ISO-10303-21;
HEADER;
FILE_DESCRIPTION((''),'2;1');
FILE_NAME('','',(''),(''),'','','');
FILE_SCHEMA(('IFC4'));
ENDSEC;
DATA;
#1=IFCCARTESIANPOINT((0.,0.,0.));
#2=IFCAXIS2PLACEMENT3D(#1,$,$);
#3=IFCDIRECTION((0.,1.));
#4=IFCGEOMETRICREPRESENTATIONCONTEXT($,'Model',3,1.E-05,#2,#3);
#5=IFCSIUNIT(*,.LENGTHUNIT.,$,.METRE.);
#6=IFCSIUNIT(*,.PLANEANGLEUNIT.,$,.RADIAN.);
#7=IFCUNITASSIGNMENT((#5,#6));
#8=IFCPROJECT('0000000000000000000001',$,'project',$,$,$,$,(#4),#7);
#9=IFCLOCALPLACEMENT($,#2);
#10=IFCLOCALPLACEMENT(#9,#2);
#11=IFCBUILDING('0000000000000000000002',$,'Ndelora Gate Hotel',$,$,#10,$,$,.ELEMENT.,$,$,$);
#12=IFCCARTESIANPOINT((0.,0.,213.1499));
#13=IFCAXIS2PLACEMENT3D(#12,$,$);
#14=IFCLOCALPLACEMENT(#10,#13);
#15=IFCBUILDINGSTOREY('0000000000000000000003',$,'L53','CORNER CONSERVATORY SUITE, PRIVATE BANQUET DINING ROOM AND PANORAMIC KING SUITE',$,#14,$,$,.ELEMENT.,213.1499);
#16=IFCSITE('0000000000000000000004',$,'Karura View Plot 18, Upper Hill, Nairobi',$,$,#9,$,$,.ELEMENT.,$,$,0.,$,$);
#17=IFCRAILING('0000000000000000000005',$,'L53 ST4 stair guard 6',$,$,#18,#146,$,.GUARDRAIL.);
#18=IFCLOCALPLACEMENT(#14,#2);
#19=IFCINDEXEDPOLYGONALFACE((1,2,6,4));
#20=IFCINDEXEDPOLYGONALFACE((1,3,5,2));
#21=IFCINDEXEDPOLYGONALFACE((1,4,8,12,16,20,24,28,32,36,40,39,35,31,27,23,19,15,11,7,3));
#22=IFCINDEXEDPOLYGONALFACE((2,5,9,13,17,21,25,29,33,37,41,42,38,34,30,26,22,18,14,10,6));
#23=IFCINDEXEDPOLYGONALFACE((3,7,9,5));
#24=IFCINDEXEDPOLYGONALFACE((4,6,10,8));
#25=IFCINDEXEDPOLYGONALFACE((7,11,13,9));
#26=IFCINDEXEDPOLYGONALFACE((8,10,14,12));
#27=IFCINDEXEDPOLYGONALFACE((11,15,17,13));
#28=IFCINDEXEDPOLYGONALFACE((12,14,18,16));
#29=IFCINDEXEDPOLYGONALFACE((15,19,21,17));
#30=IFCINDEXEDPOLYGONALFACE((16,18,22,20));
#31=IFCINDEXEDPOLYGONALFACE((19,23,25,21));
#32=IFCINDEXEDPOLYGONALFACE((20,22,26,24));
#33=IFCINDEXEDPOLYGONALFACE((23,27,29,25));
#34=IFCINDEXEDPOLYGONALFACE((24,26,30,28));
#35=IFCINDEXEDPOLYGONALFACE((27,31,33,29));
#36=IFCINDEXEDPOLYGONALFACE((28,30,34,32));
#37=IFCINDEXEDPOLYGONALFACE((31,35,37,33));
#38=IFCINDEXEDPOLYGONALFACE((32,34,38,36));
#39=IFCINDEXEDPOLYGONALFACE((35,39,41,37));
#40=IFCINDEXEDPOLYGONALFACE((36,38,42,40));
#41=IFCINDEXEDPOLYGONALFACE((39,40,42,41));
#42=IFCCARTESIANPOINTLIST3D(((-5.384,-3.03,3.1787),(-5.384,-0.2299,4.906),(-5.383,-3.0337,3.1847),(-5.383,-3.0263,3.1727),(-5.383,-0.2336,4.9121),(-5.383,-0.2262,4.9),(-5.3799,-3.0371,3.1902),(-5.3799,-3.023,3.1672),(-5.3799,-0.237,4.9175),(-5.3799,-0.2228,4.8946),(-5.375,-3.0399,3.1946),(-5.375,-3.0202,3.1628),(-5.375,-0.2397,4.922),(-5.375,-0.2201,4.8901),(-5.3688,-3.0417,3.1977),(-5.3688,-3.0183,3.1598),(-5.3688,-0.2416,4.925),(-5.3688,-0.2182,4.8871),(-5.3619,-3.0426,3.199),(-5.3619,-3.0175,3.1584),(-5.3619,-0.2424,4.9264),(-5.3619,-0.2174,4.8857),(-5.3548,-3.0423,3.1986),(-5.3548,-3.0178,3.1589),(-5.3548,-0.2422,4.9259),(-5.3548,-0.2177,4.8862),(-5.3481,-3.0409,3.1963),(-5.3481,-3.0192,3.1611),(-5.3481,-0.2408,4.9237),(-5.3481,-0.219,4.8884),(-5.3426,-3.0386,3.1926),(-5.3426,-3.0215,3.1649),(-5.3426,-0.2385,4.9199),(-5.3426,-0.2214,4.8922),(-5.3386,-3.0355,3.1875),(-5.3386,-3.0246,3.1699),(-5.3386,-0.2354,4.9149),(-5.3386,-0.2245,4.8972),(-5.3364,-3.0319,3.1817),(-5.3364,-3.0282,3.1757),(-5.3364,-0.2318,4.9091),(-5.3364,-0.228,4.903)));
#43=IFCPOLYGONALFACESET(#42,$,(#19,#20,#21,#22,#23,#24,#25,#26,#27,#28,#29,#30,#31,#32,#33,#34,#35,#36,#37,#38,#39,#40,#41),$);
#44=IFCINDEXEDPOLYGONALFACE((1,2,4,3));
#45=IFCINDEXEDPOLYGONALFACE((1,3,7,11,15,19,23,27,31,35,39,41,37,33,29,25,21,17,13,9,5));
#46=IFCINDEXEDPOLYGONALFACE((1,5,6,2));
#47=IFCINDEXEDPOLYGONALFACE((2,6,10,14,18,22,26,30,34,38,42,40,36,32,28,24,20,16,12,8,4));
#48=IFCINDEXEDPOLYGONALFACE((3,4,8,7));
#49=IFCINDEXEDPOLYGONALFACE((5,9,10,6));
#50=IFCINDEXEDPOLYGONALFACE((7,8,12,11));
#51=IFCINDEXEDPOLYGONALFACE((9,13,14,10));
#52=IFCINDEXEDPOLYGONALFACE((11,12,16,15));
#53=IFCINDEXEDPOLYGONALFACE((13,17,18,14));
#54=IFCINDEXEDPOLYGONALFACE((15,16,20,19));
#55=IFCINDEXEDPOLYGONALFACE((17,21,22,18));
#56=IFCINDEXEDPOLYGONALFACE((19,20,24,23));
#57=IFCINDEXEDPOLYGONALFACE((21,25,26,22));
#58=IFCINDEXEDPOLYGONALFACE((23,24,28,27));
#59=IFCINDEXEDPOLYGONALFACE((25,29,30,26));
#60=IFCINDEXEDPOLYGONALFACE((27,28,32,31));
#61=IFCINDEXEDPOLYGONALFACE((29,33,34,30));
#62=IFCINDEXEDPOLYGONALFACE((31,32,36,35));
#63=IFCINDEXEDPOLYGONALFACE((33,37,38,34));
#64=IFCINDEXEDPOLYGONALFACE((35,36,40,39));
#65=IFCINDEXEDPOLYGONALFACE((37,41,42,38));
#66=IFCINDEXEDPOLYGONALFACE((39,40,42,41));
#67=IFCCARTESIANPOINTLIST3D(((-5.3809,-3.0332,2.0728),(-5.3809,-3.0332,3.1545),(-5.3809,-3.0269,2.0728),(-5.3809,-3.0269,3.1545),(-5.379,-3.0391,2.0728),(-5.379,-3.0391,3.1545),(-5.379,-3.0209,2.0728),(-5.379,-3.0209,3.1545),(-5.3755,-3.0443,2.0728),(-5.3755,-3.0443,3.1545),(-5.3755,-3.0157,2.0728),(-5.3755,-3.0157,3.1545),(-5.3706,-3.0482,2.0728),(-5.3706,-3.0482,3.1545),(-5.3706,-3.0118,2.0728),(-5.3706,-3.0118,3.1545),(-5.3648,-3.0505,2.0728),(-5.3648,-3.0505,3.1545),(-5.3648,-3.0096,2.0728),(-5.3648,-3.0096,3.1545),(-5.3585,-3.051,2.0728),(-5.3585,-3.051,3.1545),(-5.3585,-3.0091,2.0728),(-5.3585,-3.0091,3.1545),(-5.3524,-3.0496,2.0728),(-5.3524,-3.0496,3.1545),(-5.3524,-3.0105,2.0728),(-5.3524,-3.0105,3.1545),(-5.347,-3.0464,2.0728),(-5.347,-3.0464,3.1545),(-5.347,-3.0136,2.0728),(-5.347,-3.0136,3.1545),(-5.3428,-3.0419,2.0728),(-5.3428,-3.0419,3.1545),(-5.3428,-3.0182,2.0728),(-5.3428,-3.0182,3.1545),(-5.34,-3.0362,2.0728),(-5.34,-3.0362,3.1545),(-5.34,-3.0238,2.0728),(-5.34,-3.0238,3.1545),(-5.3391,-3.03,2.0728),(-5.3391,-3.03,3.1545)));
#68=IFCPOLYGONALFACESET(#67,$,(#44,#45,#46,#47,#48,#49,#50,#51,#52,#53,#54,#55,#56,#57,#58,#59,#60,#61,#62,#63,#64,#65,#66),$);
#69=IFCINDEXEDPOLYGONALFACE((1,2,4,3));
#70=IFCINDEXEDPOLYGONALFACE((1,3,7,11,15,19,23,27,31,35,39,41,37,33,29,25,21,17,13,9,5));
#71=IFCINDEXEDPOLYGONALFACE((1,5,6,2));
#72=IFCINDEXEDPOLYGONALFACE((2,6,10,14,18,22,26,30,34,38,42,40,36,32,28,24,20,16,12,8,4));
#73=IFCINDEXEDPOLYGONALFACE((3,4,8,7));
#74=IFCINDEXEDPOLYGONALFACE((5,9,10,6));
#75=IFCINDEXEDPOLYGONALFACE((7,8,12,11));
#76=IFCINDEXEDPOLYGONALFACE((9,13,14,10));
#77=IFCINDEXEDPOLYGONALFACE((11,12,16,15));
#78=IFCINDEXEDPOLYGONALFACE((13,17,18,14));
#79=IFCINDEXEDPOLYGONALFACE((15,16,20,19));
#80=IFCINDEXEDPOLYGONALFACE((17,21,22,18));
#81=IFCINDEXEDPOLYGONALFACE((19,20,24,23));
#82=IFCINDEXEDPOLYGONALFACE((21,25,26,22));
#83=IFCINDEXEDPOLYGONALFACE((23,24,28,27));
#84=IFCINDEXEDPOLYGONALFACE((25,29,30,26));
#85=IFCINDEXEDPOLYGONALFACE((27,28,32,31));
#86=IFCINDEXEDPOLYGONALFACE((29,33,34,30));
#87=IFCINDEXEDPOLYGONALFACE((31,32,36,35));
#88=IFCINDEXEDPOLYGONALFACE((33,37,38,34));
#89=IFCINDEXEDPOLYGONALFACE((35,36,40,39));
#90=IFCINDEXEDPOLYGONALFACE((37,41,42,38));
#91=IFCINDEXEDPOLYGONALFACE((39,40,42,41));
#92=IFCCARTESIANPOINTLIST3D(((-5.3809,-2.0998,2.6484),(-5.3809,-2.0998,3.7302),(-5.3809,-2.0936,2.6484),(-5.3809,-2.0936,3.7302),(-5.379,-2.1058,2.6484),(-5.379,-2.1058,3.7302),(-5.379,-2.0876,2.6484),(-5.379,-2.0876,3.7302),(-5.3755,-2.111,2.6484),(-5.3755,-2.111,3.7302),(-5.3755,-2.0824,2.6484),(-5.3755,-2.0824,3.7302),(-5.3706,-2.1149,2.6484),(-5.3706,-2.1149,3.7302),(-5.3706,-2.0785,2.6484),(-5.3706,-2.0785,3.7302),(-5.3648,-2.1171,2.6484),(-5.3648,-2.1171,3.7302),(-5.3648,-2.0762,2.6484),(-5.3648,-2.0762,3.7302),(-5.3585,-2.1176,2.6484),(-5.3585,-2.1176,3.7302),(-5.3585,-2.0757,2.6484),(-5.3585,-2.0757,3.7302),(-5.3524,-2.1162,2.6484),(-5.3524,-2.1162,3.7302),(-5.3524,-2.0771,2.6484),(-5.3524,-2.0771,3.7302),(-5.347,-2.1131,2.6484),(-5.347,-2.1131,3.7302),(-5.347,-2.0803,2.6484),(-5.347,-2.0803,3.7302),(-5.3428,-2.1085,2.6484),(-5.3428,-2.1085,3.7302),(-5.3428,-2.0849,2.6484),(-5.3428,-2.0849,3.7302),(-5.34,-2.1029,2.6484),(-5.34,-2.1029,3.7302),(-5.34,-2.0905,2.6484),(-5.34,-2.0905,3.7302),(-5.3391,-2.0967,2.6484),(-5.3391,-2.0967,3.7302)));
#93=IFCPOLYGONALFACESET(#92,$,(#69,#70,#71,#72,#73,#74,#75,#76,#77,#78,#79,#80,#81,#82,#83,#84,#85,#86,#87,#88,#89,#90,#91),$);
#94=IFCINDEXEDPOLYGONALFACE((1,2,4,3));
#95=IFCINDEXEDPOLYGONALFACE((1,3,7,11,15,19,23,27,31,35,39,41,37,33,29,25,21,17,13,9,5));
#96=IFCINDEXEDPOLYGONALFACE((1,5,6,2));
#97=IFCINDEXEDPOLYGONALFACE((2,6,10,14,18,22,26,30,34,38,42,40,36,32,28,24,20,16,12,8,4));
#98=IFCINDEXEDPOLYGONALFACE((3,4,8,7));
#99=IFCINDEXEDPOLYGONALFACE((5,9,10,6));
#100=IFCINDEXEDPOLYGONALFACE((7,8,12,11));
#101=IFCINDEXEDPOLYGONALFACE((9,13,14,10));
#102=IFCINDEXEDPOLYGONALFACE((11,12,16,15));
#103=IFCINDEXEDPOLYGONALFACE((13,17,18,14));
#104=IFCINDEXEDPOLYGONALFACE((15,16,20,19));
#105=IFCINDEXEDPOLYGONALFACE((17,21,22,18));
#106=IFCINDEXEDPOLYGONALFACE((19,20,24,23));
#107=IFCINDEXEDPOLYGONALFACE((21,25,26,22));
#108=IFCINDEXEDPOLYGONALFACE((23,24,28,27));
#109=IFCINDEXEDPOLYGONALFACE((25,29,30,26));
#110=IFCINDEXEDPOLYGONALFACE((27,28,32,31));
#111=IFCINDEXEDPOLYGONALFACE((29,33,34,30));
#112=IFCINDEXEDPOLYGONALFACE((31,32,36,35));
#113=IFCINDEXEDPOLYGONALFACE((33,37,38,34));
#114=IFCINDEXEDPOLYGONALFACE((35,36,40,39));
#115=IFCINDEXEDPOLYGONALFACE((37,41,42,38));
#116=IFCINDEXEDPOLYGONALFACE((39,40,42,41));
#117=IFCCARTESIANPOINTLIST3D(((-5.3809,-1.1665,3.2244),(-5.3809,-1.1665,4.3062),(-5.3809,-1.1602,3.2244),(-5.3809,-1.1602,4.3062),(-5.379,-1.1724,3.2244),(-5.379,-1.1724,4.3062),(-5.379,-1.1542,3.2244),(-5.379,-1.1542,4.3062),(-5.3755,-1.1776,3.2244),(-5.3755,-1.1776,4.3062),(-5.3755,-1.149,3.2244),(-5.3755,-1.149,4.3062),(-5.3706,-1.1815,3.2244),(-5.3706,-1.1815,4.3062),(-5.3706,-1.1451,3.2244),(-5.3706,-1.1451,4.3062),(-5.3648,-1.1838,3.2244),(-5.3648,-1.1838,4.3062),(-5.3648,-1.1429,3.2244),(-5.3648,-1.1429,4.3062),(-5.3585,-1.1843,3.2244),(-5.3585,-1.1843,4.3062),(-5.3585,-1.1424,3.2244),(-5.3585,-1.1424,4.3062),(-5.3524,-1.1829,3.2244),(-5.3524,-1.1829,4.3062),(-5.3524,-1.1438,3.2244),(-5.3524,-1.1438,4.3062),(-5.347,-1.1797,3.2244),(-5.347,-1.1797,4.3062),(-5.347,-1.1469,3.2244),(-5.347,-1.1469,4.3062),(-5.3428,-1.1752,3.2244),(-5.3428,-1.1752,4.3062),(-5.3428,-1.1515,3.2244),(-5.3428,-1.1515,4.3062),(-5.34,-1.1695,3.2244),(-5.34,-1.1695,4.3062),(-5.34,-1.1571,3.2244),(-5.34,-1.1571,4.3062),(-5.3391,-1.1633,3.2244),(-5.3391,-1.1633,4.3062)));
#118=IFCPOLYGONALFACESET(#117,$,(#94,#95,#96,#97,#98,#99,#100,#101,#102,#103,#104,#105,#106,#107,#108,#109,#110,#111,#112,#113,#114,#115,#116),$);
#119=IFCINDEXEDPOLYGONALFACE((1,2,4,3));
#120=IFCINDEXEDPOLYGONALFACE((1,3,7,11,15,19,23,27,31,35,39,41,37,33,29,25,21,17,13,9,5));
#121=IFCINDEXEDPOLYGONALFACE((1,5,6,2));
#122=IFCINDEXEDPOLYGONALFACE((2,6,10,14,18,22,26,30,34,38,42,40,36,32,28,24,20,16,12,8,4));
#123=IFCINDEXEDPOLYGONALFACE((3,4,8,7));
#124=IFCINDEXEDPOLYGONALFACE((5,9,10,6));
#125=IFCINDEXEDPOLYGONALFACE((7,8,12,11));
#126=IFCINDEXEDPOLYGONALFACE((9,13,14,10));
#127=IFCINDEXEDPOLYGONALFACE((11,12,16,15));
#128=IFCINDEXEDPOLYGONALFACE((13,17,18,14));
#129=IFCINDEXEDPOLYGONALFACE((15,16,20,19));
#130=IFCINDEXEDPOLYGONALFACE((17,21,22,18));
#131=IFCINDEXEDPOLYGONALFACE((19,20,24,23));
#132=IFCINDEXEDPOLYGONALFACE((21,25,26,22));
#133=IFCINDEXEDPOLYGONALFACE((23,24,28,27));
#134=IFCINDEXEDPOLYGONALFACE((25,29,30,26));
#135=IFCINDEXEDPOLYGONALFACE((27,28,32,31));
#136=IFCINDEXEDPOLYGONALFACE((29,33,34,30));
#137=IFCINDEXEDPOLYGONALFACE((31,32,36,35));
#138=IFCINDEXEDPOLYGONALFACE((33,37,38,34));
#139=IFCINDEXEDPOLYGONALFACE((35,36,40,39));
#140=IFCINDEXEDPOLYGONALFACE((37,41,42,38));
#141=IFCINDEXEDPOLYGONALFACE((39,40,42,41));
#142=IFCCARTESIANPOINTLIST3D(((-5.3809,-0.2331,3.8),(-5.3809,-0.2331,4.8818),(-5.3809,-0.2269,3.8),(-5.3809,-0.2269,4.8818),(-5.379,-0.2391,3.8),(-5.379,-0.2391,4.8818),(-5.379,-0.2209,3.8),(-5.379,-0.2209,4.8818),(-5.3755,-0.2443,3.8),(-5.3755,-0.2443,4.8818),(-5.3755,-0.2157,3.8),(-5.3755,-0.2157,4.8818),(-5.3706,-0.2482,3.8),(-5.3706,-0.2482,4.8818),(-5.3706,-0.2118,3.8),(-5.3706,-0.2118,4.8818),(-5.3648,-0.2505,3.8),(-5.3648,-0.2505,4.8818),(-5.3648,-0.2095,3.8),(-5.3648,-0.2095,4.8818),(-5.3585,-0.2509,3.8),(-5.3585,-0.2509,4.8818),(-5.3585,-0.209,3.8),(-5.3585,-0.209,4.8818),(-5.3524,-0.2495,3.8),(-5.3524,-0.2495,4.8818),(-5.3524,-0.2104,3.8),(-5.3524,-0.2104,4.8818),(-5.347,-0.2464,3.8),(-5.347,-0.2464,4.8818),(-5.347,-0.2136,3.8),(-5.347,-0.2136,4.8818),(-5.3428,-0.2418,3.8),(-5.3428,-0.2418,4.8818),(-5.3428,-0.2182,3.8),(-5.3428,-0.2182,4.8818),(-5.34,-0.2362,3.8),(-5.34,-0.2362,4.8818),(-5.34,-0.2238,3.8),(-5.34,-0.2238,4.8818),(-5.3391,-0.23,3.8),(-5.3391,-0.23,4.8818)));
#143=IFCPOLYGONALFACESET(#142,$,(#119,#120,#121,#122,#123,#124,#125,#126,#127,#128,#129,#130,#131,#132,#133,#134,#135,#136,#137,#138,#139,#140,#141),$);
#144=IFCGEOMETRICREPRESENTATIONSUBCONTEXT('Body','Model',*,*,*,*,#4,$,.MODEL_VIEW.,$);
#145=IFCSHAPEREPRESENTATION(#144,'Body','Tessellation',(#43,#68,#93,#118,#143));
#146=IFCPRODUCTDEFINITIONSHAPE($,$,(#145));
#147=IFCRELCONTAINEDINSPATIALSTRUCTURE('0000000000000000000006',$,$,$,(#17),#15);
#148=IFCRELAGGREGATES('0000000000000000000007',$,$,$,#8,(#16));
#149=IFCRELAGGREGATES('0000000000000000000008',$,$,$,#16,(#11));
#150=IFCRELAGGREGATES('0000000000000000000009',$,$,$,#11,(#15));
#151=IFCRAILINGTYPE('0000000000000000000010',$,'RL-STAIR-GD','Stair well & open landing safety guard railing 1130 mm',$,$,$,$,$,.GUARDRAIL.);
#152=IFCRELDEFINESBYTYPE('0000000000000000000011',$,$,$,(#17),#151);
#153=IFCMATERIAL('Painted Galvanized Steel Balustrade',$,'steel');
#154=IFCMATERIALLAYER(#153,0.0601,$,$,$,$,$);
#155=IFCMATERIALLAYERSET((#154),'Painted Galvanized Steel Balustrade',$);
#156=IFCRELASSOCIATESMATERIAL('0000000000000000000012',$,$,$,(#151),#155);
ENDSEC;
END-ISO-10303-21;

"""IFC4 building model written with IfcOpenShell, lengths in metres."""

from ifc_helpers import new_model, si_unit, direction, frame, origin, origin_2d, place, context, subcontext, project, spatial, circle, extrude, material, layer, layer_set, type_object, element, save


model = new_model("IFC4")

# Units and contexts
model_context = context("Model", 3, precision=1e-05, world=origin(), true_north=direction((0.0, 1.0)))
body_context = subcontext(model_context, "Body", "Model", "MODEL_VIEW")
ifc_project = project(units=[si_unit("LENGTHUNIT", "METRE"), si_unit("PLANEANGLEUNIT", "RADIAN")], contexts=[model_context])

# Site, building, storey
site_placement = place(None, origin())
site = spatial("IfcSite", under=ifc_project, at=site_placement, Name="Karura View Plot 18, Upper Hill, Nairobi", CompositionType="ELEMENT", RefElevation=0.0)
building_placement = place(site_placement, origin())
building = spatial("IfcBuilding", under=site, at=building_placement, Name="Ndelora Gate Hotel", CompositionType="ELEMENT")
storey_placement = place(building_placement, frame((0.0, 0.0, 213.1499)))
storey = spatial("IfcBuildingStorey", under=building, at=storey_placement, Name="L53", Description="CORNER CONSERVATORY SUITE, PRIVATE BANQUET DINING ROOM AND PANORAMIC KING SUITE", CompositionType="ELEMENT", Elevation=213.1499)

# Railing
ifc_material_1 = material(Name="Painted Galvanized Steel Balustrade", Category="steel")
ifc_layer_1 = layer(ifc_material_1, 0.0601)
ifc_layer_set_1 = layer_set([ifc_layer_1], Name="Painted Galvanized Steel Balustrade")
railing_type_1 = type_object("IfcRailingType", Name="RL-STAIR-GD", Description="Stair well & open landing safety guard railing 1130 mm", PredefinedType="GUARDRAIL", material=ifc_layer_set_1)
railing_1_placement = place(storey_placement, frame((-5.3601, -3.03, 2.0728)))
element("IfcRailing", 1, at=railing_1_placement, inside=storey, type_object=railing_type_1, Name="L53 ST4 stair guard 6", PredefinedType="GUARDRAIL", context=body_context, shape_type="SweptSolid", body=[
    extrude(circle(Radius=0.0239, at=origin_2d()), frame((0.0, 0.0, 1.106), z_axis=(0.0, 0.85109, 0.52502), x_axis=(-1.0, 0.0, 0.0)), (0.0, 0.0, 1.0), 3.29),
    extrude(circle(Radius=0.021, at=origin_2d()), origin(), (0.0, 0.0, 1.0), 1.0818),
    extrude(circle(Radius=0.021, at=origin_2d()), frame((0.0, 0.9333, 0.5757)), (0.0, 0.0, 1.0), 1.0818),
    extrude(circle(Radius=0.021, at=origin_2d()), frame((0.0, 1.8667, 1.1516)), (0.0, 0.0, 1.0), 1.0818),
    extrude(circle(Radius=0.021, at=origin_2d()), frame((0.0, 2.8, 1.7273)), (0.0, 0.0, 1.0), 1.0818),
])

save(model, "model.ifc")
